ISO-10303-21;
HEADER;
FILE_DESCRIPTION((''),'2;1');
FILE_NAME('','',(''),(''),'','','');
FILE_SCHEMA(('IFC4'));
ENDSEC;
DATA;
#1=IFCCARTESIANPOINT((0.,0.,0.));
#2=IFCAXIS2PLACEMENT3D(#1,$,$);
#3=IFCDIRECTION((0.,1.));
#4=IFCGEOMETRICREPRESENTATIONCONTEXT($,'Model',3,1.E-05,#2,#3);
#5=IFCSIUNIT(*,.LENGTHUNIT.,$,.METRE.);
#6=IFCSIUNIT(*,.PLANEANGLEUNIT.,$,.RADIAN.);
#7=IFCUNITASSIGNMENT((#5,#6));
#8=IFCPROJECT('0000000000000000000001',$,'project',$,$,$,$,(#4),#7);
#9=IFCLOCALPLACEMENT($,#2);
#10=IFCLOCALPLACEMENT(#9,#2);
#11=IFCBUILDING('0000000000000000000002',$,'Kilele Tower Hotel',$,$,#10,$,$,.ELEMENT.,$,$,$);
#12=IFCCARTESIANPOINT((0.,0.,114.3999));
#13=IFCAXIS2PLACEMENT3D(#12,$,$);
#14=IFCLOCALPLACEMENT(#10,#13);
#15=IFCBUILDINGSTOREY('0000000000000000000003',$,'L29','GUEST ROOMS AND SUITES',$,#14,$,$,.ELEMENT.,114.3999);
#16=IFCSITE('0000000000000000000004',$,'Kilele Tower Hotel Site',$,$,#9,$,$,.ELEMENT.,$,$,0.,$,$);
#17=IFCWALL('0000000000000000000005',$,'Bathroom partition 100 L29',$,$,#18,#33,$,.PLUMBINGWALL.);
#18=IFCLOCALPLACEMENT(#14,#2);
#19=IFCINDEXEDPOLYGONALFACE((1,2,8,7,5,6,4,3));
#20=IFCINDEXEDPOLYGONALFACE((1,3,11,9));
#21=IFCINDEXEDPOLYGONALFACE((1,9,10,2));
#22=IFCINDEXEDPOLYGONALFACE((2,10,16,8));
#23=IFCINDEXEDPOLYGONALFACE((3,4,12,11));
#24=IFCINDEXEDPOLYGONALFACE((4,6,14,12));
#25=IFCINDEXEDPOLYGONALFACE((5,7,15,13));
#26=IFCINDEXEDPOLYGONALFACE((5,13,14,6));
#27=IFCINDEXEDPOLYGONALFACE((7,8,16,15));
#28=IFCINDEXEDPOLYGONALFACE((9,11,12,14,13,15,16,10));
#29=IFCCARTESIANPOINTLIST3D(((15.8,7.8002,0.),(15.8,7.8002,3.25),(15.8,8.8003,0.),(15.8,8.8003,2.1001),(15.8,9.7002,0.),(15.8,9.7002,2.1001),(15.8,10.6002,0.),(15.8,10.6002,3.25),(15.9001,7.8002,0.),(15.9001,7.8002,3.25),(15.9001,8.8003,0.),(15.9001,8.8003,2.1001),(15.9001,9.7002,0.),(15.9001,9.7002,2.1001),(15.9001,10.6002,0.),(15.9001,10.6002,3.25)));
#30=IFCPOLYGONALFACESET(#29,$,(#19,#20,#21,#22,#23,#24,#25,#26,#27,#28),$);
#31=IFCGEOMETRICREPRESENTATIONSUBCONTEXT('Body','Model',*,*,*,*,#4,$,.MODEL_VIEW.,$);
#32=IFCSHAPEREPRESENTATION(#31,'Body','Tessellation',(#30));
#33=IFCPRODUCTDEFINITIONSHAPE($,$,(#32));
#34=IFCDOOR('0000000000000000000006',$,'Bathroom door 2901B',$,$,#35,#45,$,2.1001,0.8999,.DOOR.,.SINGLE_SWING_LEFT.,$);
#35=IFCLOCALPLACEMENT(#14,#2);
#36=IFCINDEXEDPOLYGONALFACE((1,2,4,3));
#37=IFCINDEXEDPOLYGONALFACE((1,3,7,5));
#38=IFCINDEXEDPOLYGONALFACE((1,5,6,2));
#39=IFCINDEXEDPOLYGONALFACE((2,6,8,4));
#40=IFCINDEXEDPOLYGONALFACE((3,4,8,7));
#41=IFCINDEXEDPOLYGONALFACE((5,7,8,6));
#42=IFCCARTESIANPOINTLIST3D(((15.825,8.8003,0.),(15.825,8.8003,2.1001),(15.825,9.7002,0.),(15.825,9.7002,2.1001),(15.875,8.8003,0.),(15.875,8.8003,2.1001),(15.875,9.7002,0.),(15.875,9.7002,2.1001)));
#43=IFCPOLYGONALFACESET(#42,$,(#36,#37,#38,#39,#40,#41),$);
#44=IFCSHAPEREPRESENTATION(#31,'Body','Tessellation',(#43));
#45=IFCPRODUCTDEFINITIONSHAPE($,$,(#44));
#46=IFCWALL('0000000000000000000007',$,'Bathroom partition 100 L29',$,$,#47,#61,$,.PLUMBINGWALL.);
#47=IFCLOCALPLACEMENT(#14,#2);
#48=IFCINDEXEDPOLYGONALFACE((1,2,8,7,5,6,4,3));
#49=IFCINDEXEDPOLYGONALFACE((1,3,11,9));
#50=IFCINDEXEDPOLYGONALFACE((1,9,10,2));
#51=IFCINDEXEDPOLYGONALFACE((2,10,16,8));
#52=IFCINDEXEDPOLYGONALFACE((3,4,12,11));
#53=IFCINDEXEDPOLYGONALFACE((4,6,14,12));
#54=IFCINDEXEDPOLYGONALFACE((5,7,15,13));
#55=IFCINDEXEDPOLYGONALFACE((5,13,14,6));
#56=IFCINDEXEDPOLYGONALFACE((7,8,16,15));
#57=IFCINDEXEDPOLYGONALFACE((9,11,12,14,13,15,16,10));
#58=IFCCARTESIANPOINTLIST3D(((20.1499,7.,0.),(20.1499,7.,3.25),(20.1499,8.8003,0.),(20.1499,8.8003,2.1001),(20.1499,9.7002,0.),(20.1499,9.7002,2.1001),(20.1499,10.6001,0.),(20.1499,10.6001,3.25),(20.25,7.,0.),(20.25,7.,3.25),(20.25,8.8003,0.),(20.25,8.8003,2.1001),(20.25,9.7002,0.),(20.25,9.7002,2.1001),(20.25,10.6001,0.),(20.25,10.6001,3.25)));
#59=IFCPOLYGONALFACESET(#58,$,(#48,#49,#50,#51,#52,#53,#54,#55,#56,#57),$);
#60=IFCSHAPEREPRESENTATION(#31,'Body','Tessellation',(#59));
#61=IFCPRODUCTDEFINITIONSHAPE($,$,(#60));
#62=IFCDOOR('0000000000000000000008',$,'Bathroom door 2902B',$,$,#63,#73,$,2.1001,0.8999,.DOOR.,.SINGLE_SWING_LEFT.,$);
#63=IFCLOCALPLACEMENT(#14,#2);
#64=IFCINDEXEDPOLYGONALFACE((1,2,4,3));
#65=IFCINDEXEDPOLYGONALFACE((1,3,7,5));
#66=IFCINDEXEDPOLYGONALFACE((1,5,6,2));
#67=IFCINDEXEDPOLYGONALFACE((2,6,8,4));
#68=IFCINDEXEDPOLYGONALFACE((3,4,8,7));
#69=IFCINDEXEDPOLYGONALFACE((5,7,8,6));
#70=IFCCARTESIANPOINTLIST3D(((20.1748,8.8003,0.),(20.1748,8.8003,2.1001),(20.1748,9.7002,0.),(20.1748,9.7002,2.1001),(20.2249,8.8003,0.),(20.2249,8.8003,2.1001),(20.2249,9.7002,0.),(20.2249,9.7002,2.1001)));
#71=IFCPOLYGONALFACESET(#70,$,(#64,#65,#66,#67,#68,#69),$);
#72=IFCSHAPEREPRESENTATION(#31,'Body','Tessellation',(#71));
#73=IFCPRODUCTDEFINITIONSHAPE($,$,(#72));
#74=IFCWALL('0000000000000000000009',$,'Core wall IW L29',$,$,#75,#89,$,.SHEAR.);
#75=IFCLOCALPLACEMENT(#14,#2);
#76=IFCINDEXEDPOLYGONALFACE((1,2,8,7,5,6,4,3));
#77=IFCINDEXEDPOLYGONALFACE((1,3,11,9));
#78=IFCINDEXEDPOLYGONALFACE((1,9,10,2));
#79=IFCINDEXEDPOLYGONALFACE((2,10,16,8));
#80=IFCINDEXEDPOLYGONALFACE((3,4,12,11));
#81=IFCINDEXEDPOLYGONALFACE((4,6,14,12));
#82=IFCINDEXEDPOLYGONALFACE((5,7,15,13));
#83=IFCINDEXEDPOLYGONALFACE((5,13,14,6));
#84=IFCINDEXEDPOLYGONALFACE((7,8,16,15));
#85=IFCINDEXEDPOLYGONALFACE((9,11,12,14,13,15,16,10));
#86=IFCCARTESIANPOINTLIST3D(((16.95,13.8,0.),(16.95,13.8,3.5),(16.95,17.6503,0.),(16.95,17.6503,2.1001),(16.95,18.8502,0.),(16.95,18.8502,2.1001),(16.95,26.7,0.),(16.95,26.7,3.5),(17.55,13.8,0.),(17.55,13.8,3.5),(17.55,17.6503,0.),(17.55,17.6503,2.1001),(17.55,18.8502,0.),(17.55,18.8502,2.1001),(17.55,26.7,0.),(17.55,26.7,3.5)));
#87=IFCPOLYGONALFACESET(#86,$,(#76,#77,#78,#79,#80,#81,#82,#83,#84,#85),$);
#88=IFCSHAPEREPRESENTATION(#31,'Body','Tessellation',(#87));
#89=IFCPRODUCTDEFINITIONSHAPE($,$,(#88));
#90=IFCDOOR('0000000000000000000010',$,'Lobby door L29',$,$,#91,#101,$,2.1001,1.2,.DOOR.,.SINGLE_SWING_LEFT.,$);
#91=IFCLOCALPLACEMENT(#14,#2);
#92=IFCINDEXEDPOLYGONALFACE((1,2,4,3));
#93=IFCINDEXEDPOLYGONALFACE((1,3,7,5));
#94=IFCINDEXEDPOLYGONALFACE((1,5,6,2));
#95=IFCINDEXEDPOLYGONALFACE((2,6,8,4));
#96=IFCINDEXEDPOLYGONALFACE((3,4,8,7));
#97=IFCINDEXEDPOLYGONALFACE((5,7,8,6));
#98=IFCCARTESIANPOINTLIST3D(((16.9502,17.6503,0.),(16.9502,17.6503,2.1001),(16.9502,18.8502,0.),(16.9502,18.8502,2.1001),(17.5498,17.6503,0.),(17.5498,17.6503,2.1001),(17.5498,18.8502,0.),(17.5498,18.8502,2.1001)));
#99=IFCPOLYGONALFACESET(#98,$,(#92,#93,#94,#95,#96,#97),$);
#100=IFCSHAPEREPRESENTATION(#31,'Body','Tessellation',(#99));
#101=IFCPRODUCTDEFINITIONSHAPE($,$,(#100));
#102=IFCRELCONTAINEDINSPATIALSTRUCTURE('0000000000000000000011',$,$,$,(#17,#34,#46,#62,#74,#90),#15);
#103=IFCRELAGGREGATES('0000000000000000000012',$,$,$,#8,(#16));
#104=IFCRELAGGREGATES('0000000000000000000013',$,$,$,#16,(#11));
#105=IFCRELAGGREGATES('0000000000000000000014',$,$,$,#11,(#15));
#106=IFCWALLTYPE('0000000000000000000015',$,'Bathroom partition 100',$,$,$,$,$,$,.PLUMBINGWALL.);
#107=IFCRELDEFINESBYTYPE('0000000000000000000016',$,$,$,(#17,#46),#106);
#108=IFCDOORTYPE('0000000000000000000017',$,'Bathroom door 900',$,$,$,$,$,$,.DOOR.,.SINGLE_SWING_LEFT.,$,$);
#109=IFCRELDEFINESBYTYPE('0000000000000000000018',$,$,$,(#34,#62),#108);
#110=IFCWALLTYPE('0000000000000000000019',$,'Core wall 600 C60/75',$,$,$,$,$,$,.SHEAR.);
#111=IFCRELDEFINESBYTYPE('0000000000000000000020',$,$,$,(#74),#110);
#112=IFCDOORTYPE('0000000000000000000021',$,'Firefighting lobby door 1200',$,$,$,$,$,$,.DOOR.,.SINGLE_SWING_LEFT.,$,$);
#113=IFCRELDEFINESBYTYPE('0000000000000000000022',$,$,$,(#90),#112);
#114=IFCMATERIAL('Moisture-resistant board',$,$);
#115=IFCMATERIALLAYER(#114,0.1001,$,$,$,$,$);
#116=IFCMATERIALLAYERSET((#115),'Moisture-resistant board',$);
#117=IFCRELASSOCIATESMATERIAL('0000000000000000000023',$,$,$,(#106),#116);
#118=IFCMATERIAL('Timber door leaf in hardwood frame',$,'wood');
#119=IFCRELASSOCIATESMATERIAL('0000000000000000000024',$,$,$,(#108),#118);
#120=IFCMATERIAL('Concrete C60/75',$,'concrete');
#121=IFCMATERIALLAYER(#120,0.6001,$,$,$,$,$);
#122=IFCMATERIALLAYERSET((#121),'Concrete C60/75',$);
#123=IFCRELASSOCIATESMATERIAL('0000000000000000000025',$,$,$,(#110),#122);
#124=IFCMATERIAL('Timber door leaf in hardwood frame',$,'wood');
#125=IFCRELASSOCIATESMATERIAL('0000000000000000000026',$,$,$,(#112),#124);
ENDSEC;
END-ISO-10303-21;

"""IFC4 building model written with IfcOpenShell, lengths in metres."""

from ifc_helpers import new_model, si_unit, direction, frame, frame_2d, origin, place, context, subcontext, project, spatial, rectangle, extrude, material, layer, layer_set, type_object, element, fill, save


model = new_model("IFC4")

# Units and contexts
model_context = context("Model", 3, precision=1e-05, world=origin(), true_north=direction((0.0, 1.0)))
body_context = subcontext(model_context, "Body", "Model", "MODEL_VIEW")
ifc_project = project(units=[si_unit("LENGTHUNIT", "METRE"), si_unit("PLANEANGLEUNIT", "RADIAN")], contexts=[model_context])

# Site, building, storey
site_placement = place(None, origin())
site = spatial("IfcSite", under=ifc_project, at=site_placement, Name="Kilele Tower Hotel Site", CompositionType="ELEMENT", RefElevation=0.0)
building_placement = place(site_placement, origin())
building = spatial("IfcBuilding", under=site, at=building_placement, Name="Kilele Tower Hotel", CompositionType="ELEMENT")
storey_placement = place(building_placement, frame((0.0, 0.0, 114.3999)))
storey = spatial("IfcBuildingStorey", under=building, at=storey_placement, Name="L29", Description="GUEST ROOMS AND SUITES", CompositionType="ELEMENT", Elevation=114.3999)

# Walls, openings, doors
ifc_material_1 = material(Name="Moisture-resistant board")
ifc_layer_1 = layer(ifc_material_1, 0.1001)
ifc_layer_set_1 = layer_set([ifc_layer_1], Name="Moisture-resistant board")
wall_type_1 = type_object("IfcWallType", Name="Bathroom partition 100", PredefinedType="PLUMBINGWALL", material=ifc_layer_set_1)
wall_1_placement = place(storey_placement, frame((15.8501, 10.6001, 0.0), z_axis=(0.0, 0.0, 1.0), x_axis=(0.0, -1.0, 0.0)))
wall_1 = element("IfcWall", 1, at=wall_1_placement, inside=storey, type_object=wall_type_1, Name="Bathroom partition 100 L29", PredefinedType="PLUMBINGWALL", context=body_context, shape_type="SweptSolid", body=[
    extrude(rectangle(XDim=2.8, YDim=0.1001, at=frame_2d((1.3999, 0.0))), origin(), (0.0, 0.0, 1.0), 3.25),
])
opening_1_placement = place(wall_1_placement, frame((0.8999, 0.0, 0.0)))
opening_1 = element("IfcOpeningElement", 2, at=opening_1_placement, cuts=wall_1, PredefinedType="OPENING", context=body_context, shape_type="SweptSolid", body=[
    extrude(rectangle(XDim=0.8999, YDim=2.1001, at=frame_2d((0.45, 1.05))), frame((0.0, 0.0601, 0.0), z_axis=(0.0, -1.0, 0.0), x_axis=(1.0, 0.0, 0.0)), (0.0, 0.0, 1.0), 0.1201),
])
ifc_material_2 = material(Name="Timber door leaf in hardwood frame", Category="wood")
door_type_1 = type_object("IfcDoorType", Name="Bathroom door 900", OperationType="SINGLE_SWING_LEFT", PredefinedType="DOOR", material=ifc_material_2)
door_1_placement = place(opening_1_placement, origin())
door_1 = element("IfcDoor", 3, at=door_1_placement, inside=storey, type_object=door_type_1, Name="Bathroom door 2901B", OperationType="SINGLE_SWING_LEFT", OverallHeight=2.1001, OverallWidth=0.8999, PredefinedType="DOOR", context=body_context, shape_type="SweptSolid", body=[
    extrude(rectangle(XDim=0.8999, YDim=2.1001, at=frame_2d((0.45, 1.05))), frame((0.0, 0.0249, 0.0), z_axis=(0.0, -1.0, 0.0), x_axis=(1.0, 0.0, 0.0)), (0.0, 0.0, 1.0), 0.05),
])
fill(opening_1, door_1)
wall_2_placement = place(storey_placement, frame((20.2, 10.6001, 0.0), z_axis=(0.0, 0.0, 1.0), x_axis=(0.0, -1.0, 0.0)))
wall_2 = element("IfcWall", 4, at=wall_2_placement, inside=storey, type_object=wall_type_1, Name="Bathroom partition 100 L29", PredefinedType="PLUMBINGWALL", context=body_context, shape_type="SweptSolid", body=[
    extrude(rectangle(XDim=3.6001, YDim=0.1001, at=frame_2d((1.8, 0.0))), origin(), (0.0, 0.0, 1.0), 3.25),
])
opening_2_placement = place(wall_2_placement, frame((0.8999, 0.0, 0.0)))
opening_2 = element("IfcOpeningElement", 5, at=opening_2_placement, cuts=wall_2, PredefinedType="OPENING", context=body_context, shape_type="SweptSolid", body=[
    extrude(rectangle(XDim=0.8999, YDim=2.1001, at=frame_2d((0.45, 1.05))), frame((0.0, 0.0601, 0.0), z_axis=(0.0, -1.0, 0.0), x_axis=(1.0, 0.0, 0.0)), (0.0, 0.0, 1.0), 0.1201),
])
door_2_placement = place(opening_2_placement, origin())
door_2 = element("IfcDoor", 6, at=door_2_placement, inside=storey, type_object=door_type_1, Name="Bathroom door 2902B", OperationType="SINGLE_SWING_LEFT", OverallHeight=2.1001, OverallWidth=0.8999, PredefinedType="DOOR", context=body_context, shape_type="SweptSolid", body=[
    extrude(rectangle(XDim=0.8999, YDim=2.1001, at=frame_2d((0.45, 1.05))), frame((0.0, 0.0249, 0.0), z_axis=(0.0, -1.0, 0.0), x_axis=(1.0, 0.0, 0.0)), (0.0, 0.0, 1.0), 0.05),
])
fill(opening_2, door_2)
ifc_material_3 = material(Name="Concrete C60/75", Category="concrete")
ifc_layer_2 = layer(ifc_material_3, 0.6001)
ifc_layer_set_2 = layer_set([ifc_layer_2], Name="Concrete C60/75")
wall_type_2 = type_object("IfcWallType", Name="Core wall 600 C60/75", PredefinedType="SHEAR", material=ifc_layer_set_2)
wall_3_placement = place(storey_placement, frame((17.25, 13.8, 0.0), z_axis=(0.0, 0.0, 1.0), x_axis=(0.0, 1.0, 0.0)))
wall_3 = element("IfcWall", 7, at=wall_3_placement, inside=storey, type_object=wall_type_2, Name="Core wall IW L29", PredefinedType="SHEAR", context=body_context, shape_type="SweptSolid", body=[
    extrude(rectangle(XDim=12.8999, YDim=0.6001, at=frame_2d((6.45, 0.0))), origin(), (0.0, 0.0, 1.0), 3.5),
])
opening_3_placement = place(wall_3_placement, frame((3.8501, 0.0, 0.0)))
opening_3 = element("IfcOpeningElement", 8, at=opening_3_placement, cuts=wall_3, PredefinedType="OPENING", context=body_context, shape_type="SweptSolid", body=[
    extrude(rectangle(XDim=1.2, YDim=2.1001, at=frame_2d((0.6001, 1.05))), frame((0.0, 0.3101, 0.0), z_axis=(0.0, -1.0, 0.0), x_axis=(1.0, 0.0, 0.0)), (0.0, 0.0, 1.0), 0.6201),
])
ifc_material_4 = material(Name="Timber door leaf in hardwood frame", Category="wood")
door_type_2 = type_object("IfcDoorType", Name="Firefighting lobby door 1200", OperationType="SINGLE_SWING_LEFT", PredefinedType="DOOR", material=ifc_material_4)
door_3_placement = place(opening_3_placement, origin())
door_3 = element("IfcDoor", 9, at=door_3_placement, inside=storey, type_object=door_type_2, Name="Lobby door L29", OperationType="SINGLE_SWING_LEFT", OverallHeight=2.1001, OverallWidth=1.2, PredefinedType="DOOR", context=body_context, shape_type="SweptSolid", body=[
    extrude(rectangle(XDim=1.2, YDim=2.1001, at=frame_2d((0.6001, 1.05))), frame((0.0, 0.2998, 0.0), z_axis=(0.0, -1.0, 0.0), x_axis=(1.0, 0.0, 0.0)), (0.0, 0.0, 1.0), 0.5996),
])
fill(opening_3, door_3)

save(model, "model.ifc")
